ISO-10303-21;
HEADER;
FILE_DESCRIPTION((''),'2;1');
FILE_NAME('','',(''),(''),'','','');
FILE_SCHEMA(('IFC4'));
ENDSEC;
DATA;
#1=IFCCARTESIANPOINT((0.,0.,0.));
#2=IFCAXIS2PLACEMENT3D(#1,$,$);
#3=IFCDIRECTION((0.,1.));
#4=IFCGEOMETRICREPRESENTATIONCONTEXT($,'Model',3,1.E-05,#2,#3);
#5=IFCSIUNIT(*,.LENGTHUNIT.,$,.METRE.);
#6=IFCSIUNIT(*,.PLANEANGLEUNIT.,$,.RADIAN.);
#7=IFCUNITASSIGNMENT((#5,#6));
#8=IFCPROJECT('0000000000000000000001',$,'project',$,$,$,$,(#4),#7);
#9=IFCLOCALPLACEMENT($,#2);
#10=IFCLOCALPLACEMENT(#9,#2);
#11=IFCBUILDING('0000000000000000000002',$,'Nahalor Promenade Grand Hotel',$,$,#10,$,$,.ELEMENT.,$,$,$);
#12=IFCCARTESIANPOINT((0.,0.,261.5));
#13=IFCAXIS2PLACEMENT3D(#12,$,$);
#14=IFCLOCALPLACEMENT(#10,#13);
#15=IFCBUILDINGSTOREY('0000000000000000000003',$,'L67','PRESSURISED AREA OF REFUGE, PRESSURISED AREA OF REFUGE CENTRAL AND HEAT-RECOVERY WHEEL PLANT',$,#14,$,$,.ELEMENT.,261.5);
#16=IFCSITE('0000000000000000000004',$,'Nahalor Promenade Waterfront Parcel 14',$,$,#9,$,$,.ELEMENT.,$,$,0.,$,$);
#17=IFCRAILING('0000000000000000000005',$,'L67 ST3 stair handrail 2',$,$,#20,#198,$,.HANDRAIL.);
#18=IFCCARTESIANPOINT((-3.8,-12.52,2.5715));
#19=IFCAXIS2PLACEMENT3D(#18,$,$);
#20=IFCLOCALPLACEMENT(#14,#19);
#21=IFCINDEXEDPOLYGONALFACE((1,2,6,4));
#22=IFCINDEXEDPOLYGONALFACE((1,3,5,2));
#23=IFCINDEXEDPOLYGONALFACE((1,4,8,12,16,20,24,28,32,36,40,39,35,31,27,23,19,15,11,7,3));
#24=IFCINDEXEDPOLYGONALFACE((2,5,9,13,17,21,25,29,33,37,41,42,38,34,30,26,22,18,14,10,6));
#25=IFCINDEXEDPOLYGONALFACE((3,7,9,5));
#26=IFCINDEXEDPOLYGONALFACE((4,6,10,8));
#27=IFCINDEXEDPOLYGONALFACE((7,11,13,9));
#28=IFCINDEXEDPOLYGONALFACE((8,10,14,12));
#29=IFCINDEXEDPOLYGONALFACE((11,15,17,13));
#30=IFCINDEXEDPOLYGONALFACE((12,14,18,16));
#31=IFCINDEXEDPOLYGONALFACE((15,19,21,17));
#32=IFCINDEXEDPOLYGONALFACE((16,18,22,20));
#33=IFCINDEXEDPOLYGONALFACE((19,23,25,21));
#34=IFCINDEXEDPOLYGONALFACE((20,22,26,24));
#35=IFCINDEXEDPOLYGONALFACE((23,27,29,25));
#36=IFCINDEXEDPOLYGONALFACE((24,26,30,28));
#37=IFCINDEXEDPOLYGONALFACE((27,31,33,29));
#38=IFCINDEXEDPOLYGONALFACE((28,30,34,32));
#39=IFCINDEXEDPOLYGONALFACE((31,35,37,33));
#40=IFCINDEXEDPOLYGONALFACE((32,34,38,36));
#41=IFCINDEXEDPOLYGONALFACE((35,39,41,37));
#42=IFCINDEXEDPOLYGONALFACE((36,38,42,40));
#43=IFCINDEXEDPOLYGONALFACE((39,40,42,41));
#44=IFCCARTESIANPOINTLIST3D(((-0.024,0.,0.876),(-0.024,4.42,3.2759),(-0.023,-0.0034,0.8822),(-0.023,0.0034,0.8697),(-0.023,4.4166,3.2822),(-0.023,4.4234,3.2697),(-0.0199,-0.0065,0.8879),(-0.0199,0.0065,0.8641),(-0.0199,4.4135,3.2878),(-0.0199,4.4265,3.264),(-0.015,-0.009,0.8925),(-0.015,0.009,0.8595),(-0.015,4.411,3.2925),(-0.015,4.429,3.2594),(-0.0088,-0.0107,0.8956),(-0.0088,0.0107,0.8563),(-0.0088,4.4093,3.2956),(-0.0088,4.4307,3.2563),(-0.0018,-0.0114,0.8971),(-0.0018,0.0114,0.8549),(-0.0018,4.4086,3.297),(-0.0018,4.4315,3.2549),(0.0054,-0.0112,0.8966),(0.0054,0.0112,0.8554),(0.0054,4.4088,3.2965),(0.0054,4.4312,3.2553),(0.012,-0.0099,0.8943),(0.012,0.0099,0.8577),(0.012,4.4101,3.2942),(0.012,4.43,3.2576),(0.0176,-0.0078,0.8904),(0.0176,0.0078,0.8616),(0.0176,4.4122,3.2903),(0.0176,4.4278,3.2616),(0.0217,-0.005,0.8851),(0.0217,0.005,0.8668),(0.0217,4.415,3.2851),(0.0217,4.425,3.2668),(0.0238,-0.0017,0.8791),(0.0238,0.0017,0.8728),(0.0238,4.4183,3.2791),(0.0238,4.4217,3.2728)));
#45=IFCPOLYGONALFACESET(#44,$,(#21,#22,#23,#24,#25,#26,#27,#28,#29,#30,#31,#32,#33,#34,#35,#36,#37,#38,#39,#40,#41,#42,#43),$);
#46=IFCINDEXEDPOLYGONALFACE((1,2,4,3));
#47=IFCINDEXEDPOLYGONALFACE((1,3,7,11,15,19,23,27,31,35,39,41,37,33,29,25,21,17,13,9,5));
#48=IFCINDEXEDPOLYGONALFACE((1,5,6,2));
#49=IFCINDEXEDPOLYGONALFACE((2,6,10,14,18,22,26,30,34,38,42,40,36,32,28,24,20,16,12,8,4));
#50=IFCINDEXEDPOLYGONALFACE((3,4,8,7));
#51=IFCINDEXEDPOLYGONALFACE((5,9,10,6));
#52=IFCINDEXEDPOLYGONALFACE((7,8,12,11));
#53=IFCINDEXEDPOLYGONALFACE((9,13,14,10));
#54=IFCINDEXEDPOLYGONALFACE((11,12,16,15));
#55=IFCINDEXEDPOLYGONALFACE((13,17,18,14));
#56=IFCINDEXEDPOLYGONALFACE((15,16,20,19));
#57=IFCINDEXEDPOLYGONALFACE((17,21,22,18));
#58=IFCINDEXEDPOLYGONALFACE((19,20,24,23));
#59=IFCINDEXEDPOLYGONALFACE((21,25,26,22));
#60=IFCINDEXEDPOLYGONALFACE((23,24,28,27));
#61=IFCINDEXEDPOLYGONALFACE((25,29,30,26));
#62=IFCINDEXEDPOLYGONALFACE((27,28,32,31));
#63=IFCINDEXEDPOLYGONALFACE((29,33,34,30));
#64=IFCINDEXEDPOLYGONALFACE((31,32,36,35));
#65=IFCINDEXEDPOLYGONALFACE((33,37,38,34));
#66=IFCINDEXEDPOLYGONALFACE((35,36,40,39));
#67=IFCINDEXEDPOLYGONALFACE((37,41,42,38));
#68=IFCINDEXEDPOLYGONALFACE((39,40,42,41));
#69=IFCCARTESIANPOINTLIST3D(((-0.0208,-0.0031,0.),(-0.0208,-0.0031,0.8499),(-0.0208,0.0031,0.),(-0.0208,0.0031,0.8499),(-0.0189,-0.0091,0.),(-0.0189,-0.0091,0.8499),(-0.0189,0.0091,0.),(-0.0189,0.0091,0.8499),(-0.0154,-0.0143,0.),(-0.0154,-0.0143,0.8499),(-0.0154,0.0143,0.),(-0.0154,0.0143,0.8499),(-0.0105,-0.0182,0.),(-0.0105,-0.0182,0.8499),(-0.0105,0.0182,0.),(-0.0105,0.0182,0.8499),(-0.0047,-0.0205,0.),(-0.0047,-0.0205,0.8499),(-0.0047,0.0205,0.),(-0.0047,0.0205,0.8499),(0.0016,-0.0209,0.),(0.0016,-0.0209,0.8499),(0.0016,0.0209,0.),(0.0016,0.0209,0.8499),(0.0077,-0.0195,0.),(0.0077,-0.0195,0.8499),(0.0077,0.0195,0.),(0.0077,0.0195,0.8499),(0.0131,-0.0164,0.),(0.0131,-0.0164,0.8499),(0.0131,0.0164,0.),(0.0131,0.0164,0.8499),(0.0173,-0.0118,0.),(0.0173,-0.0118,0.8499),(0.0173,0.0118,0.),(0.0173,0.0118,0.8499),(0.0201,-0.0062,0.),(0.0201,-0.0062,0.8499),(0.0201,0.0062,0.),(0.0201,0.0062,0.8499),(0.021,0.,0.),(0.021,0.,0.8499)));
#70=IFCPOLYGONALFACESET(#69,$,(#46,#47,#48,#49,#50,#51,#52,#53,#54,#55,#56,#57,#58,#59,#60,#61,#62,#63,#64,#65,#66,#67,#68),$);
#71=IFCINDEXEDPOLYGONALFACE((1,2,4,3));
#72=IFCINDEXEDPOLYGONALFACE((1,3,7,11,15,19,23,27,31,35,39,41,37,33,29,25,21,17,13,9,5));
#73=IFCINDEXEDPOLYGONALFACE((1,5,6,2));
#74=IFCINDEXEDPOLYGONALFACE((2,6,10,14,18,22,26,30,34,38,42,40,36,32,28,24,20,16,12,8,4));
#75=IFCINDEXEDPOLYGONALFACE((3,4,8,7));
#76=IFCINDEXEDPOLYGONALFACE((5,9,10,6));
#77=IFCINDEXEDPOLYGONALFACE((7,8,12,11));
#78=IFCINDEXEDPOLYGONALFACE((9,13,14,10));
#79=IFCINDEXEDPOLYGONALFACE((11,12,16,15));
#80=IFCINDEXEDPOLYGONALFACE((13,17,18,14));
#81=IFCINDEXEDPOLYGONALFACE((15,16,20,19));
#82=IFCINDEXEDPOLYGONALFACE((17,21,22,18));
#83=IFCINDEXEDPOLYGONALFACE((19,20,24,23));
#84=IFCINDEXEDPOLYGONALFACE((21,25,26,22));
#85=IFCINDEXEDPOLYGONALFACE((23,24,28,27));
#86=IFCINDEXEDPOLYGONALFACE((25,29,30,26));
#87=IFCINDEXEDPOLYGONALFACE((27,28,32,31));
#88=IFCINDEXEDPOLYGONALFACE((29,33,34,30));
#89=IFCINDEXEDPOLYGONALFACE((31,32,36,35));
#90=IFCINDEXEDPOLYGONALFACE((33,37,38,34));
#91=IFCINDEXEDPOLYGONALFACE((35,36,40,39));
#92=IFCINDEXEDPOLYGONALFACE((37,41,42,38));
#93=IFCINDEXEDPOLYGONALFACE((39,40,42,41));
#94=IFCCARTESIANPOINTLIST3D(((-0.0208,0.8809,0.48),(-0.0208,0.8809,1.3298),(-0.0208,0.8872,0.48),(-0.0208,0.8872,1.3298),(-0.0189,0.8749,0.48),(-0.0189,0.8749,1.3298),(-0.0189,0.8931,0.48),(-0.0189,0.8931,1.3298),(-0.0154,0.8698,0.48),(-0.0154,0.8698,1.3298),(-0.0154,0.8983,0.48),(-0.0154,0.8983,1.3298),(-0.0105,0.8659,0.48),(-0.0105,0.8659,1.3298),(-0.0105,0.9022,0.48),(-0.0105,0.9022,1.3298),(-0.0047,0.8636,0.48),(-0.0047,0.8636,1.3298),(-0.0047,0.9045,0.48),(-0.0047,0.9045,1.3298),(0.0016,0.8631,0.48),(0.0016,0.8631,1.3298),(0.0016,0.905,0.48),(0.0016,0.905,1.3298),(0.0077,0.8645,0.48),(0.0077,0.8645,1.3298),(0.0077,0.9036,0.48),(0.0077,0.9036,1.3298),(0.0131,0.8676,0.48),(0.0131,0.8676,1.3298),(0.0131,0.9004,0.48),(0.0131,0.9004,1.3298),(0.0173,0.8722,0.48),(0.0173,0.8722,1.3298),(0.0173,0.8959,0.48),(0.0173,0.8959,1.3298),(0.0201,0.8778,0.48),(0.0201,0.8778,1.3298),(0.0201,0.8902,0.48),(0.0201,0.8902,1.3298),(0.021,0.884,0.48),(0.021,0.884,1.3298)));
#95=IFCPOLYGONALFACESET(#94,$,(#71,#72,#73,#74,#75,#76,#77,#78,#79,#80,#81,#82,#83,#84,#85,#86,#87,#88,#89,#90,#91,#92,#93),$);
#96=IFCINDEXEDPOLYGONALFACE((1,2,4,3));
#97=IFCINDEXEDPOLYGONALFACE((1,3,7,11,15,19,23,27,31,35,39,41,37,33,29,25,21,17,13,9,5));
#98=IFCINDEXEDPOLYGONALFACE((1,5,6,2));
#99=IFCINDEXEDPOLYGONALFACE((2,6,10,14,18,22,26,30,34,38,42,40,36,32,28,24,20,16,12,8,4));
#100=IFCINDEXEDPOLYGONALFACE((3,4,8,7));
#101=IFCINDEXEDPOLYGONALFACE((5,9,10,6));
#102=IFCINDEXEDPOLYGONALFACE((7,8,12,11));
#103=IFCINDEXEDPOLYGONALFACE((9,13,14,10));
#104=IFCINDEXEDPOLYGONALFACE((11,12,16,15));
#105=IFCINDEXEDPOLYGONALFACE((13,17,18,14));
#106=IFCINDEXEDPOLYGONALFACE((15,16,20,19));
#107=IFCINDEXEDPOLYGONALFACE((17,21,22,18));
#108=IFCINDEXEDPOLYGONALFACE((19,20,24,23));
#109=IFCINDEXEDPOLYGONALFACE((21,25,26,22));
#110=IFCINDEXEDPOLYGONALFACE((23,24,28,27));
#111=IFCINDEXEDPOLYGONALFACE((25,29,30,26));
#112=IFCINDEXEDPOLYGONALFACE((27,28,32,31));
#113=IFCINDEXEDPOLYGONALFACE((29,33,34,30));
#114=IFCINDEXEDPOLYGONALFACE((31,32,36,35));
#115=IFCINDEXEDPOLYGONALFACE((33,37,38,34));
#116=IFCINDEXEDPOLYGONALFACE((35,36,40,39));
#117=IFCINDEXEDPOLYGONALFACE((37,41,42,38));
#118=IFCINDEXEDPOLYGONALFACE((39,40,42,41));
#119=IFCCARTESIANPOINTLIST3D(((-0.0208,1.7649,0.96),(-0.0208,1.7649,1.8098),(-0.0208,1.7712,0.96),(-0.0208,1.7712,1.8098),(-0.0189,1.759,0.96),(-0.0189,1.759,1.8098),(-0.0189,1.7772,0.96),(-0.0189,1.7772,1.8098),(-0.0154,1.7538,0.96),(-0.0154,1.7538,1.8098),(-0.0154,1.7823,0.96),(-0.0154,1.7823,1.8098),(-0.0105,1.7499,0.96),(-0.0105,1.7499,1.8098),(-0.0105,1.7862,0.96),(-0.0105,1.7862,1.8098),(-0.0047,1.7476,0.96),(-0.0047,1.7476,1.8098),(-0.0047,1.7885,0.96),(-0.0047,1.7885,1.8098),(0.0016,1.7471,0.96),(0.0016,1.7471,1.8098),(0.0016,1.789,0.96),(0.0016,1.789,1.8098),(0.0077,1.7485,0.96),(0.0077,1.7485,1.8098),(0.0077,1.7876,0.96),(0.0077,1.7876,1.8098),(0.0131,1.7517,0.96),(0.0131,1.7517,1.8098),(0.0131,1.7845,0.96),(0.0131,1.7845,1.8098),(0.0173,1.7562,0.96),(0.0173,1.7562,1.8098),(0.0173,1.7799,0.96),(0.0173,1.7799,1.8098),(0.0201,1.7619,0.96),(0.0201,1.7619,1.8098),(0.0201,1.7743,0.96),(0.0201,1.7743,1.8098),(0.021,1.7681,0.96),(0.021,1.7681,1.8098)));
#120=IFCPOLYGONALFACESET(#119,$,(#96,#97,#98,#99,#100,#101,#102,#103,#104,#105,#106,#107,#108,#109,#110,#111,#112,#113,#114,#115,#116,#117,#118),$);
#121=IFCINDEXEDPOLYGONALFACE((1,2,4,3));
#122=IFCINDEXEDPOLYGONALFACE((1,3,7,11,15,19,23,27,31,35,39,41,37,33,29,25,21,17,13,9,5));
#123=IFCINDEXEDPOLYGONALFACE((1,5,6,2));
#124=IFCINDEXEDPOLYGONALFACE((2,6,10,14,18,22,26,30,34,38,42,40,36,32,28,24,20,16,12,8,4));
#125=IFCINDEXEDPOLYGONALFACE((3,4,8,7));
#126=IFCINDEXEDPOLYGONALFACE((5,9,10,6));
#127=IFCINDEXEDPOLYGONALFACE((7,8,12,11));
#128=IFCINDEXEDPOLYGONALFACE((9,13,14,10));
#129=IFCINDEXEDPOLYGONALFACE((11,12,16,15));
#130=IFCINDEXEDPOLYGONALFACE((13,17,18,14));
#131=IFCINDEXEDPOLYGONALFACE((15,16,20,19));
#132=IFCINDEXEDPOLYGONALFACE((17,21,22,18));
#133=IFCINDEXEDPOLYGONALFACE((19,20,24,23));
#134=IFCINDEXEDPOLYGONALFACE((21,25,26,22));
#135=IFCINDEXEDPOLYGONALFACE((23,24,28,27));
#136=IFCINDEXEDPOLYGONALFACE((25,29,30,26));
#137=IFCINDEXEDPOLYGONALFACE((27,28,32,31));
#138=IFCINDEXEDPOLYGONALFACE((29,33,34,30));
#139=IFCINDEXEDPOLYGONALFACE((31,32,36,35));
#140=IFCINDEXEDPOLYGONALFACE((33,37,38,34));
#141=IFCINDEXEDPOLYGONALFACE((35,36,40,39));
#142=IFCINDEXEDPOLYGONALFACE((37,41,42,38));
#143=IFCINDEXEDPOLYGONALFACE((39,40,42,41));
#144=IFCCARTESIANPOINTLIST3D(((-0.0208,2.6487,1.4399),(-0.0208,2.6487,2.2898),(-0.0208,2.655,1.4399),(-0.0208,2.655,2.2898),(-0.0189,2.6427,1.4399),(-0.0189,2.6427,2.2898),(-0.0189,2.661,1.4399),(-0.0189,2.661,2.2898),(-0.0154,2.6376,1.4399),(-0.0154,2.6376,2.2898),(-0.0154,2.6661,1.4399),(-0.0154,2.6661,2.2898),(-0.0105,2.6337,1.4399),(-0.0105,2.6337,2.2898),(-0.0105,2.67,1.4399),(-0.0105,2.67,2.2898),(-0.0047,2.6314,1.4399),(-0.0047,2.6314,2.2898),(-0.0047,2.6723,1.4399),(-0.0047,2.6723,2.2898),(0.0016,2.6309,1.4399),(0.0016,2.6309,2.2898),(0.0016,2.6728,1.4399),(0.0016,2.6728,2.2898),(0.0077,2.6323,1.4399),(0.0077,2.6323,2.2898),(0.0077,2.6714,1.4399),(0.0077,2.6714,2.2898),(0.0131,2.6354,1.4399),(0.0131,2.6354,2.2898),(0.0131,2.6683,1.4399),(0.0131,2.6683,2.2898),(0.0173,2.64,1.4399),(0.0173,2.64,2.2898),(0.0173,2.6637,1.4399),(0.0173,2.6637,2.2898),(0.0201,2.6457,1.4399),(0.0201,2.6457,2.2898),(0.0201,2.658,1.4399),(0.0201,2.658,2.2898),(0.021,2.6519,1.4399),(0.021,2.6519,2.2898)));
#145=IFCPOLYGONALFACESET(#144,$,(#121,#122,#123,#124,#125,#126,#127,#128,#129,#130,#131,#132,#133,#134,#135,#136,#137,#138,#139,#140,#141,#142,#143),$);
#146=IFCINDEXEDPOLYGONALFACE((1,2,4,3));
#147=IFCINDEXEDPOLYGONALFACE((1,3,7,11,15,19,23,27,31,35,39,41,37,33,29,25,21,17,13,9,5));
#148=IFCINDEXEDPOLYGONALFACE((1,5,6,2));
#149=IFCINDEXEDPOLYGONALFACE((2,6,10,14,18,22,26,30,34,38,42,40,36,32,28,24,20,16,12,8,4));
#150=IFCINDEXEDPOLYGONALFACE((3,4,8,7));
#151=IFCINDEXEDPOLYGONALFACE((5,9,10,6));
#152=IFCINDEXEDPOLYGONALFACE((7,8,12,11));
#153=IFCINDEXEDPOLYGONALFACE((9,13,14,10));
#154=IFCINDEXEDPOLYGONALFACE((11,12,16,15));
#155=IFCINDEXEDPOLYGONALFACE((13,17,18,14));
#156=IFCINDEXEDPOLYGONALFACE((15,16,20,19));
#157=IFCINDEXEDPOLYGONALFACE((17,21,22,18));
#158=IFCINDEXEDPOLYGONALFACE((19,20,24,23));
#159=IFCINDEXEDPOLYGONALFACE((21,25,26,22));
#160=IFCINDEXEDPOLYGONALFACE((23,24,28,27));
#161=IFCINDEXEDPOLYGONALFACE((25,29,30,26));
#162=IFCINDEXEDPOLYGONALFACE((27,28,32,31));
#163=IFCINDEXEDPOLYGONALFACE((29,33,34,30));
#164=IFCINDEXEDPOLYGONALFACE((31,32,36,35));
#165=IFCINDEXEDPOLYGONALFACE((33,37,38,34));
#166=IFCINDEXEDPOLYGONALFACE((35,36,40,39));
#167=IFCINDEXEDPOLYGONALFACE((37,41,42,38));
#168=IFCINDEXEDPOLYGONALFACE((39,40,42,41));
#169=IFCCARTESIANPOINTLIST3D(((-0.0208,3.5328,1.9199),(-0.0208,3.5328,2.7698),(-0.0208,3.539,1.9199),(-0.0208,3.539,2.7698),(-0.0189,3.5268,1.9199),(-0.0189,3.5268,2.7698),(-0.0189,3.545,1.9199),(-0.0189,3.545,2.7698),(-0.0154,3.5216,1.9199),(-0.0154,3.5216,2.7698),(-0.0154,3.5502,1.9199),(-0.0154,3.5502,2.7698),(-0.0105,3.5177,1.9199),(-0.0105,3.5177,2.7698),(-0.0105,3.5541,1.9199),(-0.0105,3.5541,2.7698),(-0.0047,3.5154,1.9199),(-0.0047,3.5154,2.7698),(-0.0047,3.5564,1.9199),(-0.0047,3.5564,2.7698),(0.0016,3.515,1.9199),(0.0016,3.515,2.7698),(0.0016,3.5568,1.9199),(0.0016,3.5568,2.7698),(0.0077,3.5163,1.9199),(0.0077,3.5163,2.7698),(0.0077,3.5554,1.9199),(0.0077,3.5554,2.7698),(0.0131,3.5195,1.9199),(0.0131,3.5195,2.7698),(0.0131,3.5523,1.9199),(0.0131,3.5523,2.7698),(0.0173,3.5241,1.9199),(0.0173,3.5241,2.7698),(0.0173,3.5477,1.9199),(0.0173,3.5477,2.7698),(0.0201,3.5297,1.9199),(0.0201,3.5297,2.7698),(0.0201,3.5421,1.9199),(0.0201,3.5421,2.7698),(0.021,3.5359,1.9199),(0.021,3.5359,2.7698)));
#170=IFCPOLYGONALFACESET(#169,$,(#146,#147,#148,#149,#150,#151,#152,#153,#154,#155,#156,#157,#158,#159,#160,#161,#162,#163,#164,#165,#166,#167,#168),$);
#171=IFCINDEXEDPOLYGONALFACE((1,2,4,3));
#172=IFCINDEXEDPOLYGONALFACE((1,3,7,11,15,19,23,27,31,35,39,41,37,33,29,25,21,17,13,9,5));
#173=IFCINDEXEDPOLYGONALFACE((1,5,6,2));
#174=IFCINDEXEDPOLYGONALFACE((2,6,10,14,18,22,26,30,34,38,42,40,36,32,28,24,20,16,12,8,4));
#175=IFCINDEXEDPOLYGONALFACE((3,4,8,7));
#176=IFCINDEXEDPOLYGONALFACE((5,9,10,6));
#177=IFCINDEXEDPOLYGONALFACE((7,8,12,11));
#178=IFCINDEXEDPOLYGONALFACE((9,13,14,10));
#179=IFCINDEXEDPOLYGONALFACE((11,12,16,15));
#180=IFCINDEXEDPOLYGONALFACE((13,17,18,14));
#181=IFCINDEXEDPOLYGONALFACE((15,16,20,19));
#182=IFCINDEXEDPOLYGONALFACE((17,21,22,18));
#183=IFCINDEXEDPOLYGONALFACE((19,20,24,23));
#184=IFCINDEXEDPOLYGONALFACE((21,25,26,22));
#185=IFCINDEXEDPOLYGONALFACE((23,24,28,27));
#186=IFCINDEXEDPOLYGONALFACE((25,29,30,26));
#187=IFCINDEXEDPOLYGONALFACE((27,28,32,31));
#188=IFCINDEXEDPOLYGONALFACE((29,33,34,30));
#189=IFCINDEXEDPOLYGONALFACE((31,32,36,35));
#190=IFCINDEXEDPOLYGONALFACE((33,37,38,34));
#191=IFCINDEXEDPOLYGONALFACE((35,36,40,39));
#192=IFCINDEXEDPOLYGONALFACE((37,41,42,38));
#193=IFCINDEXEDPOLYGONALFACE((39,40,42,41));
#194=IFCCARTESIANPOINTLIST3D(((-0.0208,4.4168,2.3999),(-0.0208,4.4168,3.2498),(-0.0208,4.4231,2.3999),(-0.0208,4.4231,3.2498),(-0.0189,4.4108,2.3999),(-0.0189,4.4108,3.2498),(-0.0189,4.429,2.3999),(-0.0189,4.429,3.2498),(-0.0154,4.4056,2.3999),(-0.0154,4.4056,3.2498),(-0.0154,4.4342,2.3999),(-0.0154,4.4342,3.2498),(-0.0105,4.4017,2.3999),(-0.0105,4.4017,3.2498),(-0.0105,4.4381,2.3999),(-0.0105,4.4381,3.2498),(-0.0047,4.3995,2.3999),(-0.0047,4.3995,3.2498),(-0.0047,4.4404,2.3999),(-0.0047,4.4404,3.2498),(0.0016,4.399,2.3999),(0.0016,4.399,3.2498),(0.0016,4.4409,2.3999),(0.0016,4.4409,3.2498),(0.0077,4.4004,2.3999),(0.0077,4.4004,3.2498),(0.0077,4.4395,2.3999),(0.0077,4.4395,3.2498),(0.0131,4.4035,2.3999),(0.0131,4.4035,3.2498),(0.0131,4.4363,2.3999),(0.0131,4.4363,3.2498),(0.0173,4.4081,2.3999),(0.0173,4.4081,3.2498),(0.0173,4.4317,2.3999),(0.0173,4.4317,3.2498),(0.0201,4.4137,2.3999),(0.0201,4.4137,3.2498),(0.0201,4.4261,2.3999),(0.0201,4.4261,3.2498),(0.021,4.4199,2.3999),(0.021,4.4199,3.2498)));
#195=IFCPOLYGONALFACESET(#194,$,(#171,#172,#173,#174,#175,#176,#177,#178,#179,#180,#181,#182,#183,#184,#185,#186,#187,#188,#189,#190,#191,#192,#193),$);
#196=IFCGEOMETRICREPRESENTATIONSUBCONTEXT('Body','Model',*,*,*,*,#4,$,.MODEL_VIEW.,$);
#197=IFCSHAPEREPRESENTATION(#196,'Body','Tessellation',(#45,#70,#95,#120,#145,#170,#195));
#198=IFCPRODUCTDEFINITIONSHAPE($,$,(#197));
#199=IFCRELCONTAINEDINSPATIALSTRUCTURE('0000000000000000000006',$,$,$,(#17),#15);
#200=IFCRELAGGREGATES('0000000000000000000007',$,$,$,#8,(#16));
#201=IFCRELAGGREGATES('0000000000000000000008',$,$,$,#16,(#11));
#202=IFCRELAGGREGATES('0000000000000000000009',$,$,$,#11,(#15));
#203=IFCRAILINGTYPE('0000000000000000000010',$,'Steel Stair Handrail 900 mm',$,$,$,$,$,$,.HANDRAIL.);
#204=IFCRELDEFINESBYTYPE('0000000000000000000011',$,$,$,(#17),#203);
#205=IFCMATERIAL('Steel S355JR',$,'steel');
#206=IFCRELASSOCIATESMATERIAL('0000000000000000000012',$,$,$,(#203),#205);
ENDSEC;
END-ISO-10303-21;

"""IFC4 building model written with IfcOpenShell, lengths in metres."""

from ifc_helpers import new_model, si_unit, direction, frame, origin, origin_2d, place, context, subcontext, project, spatial, circle, extrude, material, type_object, element, save


model = new_model("IFC4")

# Units and contexts
model_context = context("Model", 3, precision=1e-05, world=origin(), true_north=direction((0.0, 1.0)))
body_context = subcontext(model_context, "Body", "Model", "MODEL_VIEW")
ifc_project = project(units=[si_unit("LENGTHUNIT", "METRE"), si_unit("PLANEANGLEUNIT", "RADIAN")], contexts=[model_context])

# Site, building, storey
site_placement = place(None, origin())
site = spatial("IfcSite", under=ifc_project, at=site_placement, Name="Nahalor Promenade Waterfront Parcel 14", CompositionType="ELEMENT", RefElevation=0.0)
building_placement = place(site_placement, origin())
building = spatial("IfcBuilding", under=site, at=building_placement, Name="Nahalor Promenade Grand Hotel", CompositionType="ELEMENT")
storey_placement = place(building_placement, frame((0.0, 0.0, 261.5)))
storey = spatial("IfcBuildingStorey", under=building, at=storey_placement, Name="L67", Description="PRESSURISED AREA OF REFUGE, PRESSURISED AREA OF REFUGE CENTRAL AND HEAT-RECOVERY WHEEL PLANT", CompositionType="ELEMENT", Elevation=261.5)

# Shared definitions
ifc_material_1 = material(Name="Steel S355JR", Category="steel")

# Railing
railing_type_1 = type_object("IfcRailingType", Name="Steel Stair Handrail 900 mm", PredefinedType="HANDRAIL", material=ifc_material_1)
railing_1_placement = place(storey_placement, frame((-3.8, -12.52, 2.5715)))
element("IfcRailing", 1, at=railing_1_placement, inside=storey, type_object=railing_type_1, Name="L67 ST3 stair handrail 2", PredefinedType="HANDRAIL", context=body_context, shape_type="SweptSolid", body=[
    extrude(circle(Radius=0.024, at=origin_2d()), frame((0.0, 0.0, 0.876), z_axis=(0.0, 0.87881, 0.477171), x_axis=(-1.0, 0.0, 0.0)), (0.0, 0.0, 1.0), 5.0295),
    extrude(circle(Radius=0.021, at=origin_2d()), origin(), (0.0, 0.0, 1.0), 0.8499),
    extrude(circle(Radius=0.021, at=origin_2d()), frame((0.0, 0.884, 0.48)), (0.0, 0.0, 1.0), 0.8499),
    extrude(circle(Radius=0.021, at=origin_2d()), frame((0.0, 1.7681, 0.96)), (0.0, 0.0, 1.0), 0.8499),
    extrude(circle(Radius=0.021, at=origin_2d()), frame((0.0, 2.6519, 1.4399)), (0.0, 0.0, 1.0), 0.8499),
    extrude(circle(Radius=0.021, at=origin_2d()), frame((0.0, 3.5359, 1.9199)), (0.0, 0.0, 1.0), 0.8499),
    extrude(circle(Radius=0.021, at=origin_2d()), frame((0.0, 4.4199, 2.3999)), (0.0, 0.0, 1.0), 0.8499),
])

save(model, "model.ifc")
